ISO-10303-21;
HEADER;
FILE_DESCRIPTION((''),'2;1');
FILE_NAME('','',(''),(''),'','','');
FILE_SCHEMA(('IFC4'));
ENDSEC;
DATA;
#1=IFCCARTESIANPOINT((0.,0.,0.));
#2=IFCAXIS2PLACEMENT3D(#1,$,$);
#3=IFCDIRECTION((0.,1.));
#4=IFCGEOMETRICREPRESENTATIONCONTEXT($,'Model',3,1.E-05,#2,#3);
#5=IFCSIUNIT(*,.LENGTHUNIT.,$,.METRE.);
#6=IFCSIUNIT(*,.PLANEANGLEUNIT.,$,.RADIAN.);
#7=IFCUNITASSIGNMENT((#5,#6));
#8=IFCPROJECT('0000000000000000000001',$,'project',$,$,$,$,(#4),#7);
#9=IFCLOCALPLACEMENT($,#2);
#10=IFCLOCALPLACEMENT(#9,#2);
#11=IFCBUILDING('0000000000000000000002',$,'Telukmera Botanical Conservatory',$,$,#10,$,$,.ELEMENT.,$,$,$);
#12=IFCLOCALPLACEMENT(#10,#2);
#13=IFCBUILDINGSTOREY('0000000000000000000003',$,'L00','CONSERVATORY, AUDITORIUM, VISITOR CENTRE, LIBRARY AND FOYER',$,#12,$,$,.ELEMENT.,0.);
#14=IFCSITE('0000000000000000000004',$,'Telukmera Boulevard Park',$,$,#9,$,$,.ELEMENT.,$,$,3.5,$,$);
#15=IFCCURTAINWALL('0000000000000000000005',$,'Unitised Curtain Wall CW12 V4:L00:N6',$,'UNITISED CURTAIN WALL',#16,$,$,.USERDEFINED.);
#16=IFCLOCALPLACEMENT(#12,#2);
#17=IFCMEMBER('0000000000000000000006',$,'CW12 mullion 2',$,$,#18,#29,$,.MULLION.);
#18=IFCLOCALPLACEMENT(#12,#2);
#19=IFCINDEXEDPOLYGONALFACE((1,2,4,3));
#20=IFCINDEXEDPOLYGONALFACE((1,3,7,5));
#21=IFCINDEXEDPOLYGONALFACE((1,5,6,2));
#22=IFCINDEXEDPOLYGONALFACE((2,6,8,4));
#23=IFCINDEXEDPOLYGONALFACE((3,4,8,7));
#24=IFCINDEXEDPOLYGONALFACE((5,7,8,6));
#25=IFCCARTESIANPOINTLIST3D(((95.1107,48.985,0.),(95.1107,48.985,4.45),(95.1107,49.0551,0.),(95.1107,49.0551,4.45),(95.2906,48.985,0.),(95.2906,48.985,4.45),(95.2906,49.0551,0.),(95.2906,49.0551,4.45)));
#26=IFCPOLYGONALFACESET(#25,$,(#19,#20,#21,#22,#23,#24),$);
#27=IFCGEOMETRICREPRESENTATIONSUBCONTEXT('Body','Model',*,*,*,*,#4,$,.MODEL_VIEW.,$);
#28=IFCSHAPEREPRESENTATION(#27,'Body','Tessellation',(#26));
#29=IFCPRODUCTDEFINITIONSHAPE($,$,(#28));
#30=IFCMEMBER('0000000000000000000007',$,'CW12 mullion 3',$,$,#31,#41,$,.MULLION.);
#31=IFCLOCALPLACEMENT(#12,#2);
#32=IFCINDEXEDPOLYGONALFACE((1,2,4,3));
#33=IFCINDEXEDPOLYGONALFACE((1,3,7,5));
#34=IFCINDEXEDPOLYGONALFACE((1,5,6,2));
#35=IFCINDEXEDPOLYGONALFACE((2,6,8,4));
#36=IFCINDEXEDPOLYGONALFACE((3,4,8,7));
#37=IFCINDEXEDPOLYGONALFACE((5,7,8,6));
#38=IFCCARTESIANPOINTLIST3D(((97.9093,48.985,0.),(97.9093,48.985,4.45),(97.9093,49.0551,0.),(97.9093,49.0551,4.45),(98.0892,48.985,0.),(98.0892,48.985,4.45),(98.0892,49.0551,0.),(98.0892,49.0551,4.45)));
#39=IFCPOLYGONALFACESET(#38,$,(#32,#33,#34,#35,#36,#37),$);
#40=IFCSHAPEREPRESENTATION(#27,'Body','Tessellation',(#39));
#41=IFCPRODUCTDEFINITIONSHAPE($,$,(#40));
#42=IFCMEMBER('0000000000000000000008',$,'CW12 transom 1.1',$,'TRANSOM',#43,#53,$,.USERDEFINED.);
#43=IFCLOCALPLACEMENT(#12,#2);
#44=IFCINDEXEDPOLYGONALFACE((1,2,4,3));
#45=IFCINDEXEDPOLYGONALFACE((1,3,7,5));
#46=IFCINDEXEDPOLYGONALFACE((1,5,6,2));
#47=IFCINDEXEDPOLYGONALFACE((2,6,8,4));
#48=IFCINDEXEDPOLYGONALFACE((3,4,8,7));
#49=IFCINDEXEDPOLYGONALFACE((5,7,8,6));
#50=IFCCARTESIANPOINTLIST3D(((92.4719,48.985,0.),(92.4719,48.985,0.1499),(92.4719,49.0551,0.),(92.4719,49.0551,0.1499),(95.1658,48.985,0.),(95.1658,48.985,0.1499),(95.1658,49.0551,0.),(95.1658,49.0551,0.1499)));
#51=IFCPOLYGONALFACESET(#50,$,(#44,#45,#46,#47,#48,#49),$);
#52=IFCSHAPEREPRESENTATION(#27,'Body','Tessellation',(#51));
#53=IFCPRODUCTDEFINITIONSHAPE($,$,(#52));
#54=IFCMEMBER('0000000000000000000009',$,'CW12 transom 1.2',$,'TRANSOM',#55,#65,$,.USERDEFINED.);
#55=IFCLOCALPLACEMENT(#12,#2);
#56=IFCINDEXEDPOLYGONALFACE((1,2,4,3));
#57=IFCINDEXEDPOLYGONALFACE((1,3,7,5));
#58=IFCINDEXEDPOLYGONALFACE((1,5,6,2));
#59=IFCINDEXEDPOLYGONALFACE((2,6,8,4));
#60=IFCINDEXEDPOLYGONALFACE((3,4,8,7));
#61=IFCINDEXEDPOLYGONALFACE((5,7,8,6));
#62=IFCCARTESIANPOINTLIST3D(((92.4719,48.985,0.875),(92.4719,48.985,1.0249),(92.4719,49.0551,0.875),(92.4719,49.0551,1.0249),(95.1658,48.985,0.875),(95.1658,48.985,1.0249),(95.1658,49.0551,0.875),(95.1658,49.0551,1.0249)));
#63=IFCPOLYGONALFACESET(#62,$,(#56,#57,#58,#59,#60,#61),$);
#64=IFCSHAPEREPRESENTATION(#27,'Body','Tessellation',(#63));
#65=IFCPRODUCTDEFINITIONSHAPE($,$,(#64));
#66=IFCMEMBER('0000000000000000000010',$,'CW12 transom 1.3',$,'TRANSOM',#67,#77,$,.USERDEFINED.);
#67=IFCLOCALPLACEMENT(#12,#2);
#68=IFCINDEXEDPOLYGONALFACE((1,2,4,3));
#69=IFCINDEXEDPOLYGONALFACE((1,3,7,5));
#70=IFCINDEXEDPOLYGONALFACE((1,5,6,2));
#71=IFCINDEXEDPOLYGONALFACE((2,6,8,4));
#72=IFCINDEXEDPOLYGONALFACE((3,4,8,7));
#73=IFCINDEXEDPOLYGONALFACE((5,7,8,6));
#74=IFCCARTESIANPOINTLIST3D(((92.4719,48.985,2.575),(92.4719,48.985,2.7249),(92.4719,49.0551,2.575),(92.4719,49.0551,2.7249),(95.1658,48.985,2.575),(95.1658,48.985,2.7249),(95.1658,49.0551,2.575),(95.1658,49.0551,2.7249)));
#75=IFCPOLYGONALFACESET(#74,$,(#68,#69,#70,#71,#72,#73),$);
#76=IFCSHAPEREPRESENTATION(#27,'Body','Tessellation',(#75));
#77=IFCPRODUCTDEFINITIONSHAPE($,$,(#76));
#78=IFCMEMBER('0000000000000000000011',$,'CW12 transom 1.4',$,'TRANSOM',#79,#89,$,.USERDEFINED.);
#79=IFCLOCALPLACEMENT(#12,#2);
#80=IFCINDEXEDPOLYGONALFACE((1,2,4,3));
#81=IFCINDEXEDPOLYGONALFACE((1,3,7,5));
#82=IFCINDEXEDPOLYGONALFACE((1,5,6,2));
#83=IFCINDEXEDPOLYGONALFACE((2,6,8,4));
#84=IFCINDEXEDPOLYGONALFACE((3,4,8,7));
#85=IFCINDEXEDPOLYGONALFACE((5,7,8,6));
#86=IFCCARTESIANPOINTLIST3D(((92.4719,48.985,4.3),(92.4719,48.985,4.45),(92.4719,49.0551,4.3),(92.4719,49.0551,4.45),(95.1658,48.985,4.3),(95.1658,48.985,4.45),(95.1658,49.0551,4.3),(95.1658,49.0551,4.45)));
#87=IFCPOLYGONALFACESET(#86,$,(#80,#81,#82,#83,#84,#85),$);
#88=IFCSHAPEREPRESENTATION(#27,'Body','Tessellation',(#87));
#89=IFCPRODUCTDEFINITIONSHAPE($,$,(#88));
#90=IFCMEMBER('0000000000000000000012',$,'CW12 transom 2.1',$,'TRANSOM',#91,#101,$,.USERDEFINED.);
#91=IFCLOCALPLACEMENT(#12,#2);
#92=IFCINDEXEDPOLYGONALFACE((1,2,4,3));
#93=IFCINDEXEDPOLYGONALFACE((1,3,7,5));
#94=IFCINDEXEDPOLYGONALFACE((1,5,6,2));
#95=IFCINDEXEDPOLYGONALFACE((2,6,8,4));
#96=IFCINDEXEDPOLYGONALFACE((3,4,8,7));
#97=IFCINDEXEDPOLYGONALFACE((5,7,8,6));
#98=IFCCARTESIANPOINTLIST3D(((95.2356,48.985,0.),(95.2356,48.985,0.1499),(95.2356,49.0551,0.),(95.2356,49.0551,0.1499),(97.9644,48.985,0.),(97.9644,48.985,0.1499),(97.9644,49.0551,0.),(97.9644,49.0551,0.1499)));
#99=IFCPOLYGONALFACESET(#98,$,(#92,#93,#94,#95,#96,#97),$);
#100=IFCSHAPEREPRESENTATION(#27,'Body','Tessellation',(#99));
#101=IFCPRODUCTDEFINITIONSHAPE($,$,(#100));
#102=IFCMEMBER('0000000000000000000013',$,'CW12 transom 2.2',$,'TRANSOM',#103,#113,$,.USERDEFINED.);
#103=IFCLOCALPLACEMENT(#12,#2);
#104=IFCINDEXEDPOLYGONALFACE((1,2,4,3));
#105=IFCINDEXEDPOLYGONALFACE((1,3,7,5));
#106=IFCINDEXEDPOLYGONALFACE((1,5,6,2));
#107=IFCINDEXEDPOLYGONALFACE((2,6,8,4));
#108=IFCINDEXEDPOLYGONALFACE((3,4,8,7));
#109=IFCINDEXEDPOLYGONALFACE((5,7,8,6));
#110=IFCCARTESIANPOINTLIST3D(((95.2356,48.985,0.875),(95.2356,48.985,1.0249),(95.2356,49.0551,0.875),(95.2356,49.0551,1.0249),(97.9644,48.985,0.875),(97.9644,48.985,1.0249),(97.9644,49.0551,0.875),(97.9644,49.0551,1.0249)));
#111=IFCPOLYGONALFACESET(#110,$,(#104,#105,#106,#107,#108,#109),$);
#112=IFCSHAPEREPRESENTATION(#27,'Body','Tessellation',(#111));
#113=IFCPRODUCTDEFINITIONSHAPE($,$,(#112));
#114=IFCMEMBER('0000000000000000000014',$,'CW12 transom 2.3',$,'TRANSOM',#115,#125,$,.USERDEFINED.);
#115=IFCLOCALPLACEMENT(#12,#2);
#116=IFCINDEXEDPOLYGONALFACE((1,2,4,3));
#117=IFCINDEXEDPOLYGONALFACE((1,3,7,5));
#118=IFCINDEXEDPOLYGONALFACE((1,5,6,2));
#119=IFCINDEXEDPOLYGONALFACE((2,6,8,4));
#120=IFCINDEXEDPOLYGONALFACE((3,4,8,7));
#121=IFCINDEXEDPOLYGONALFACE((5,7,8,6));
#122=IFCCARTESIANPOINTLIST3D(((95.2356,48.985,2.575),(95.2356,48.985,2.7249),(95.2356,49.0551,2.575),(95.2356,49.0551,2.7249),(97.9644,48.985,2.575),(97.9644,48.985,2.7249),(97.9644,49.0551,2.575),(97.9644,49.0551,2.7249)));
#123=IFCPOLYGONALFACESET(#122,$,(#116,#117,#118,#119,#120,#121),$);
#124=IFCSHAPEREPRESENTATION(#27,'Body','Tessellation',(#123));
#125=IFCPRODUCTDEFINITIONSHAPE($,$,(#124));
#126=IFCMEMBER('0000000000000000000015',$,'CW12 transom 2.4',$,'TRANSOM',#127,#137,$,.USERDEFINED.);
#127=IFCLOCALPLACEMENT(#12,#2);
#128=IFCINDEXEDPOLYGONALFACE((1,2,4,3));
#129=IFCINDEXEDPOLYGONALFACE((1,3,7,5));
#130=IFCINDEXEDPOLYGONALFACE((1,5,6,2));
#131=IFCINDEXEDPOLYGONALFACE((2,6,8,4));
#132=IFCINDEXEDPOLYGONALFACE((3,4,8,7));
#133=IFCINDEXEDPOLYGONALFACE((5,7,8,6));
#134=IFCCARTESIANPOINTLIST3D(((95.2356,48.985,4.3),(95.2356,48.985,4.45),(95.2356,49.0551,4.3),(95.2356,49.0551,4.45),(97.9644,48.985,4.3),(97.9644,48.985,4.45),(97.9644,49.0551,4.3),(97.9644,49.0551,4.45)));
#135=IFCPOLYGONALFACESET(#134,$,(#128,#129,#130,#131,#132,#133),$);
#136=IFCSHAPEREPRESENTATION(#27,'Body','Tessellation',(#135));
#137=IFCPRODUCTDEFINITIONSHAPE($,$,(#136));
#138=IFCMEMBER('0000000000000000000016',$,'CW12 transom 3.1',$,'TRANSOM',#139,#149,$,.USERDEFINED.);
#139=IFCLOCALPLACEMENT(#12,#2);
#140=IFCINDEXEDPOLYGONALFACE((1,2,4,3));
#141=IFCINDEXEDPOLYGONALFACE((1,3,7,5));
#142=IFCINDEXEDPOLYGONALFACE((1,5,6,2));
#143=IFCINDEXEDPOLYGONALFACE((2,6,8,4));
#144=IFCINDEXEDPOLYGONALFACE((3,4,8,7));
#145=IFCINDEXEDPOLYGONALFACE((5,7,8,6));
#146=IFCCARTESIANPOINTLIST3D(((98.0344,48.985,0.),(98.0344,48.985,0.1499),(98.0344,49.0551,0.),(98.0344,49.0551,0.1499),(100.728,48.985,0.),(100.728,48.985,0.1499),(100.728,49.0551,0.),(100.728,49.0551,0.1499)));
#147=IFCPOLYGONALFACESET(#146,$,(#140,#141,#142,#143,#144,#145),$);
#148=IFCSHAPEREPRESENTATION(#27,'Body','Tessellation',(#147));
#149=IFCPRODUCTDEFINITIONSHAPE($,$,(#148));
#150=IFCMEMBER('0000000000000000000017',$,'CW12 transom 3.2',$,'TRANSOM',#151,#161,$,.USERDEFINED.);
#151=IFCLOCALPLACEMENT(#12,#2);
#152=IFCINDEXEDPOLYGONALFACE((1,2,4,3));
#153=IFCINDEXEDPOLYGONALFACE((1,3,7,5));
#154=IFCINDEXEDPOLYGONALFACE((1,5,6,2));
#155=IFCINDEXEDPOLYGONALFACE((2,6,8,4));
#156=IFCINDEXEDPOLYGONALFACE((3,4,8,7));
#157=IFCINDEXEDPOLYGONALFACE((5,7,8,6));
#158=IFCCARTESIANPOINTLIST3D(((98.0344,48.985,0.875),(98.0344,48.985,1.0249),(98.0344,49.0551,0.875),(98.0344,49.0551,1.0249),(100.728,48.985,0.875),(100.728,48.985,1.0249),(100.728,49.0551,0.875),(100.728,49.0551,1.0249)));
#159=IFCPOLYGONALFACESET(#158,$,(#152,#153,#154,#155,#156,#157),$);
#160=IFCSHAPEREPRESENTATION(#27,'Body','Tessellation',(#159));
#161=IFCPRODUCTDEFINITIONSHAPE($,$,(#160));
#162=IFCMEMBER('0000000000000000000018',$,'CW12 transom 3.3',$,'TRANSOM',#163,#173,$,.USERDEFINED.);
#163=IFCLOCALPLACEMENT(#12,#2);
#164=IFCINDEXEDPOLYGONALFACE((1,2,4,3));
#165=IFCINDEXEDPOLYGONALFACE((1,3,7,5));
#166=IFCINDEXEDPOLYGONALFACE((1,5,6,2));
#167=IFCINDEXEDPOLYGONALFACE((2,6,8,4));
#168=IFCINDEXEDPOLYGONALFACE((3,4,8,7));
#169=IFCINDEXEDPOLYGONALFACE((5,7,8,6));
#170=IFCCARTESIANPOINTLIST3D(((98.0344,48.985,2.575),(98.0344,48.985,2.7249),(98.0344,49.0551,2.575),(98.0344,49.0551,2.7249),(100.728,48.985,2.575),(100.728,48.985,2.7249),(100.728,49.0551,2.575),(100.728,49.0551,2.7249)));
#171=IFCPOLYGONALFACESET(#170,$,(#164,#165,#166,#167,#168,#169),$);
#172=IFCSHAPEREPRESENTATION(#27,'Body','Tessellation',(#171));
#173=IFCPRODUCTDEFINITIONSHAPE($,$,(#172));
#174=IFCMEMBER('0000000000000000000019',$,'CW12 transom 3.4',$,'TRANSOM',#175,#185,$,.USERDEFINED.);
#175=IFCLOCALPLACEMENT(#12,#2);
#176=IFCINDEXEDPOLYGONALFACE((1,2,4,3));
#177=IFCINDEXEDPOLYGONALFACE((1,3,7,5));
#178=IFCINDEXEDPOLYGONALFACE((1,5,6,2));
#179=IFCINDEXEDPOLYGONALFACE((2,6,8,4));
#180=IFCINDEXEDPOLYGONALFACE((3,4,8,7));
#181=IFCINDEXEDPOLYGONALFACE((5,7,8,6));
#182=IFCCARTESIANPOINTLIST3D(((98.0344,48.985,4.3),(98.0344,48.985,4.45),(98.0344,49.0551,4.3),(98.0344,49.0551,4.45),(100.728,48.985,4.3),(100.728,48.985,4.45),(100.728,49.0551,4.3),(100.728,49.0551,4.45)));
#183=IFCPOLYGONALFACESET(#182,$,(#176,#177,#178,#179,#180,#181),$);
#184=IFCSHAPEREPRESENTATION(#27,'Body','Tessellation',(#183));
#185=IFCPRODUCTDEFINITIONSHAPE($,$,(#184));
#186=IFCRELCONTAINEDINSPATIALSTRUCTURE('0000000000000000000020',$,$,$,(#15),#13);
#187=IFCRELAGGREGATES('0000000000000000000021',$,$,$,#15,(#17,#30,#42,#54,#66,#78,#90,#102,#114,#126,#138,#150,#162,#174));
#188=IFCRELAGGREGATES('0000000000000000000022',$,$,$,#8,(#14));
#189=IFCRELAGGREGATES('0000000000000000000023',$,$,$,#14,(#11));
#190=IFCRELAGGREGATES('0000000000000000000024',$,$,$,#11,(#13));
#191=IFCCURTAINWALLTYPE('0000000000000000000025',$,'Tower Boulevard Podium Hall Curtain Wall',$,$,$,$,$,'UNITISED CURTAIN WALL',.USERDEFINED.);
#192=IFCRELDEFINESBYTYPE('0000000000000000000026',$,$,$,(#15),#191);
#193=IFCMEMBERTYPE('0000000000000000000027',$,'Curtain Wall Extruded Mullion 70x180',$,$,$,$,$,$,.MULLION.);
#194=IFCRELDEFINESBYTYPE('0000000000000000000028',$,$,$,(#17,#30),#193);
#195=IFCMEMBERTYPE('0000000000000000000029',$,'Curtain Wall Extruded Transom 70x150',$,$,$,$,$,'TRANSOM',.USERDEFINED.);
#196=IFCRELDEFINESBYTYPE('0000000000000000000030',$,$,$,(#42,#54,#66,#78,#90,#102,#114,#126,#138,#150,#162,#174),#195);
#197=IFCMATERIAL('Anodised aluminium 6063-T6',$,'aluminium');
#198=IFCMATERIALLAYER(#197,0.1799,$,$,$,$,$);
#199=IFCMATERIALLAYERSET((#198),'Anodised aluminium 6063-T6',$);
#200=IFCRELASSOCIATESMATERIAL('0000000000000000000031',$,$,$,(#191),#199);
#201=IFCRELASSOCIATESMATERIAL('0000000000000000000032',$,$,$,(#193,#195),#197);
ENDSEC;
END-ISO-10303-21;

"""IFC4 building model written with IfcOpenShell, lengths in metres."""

from ifc_helpers import new_model, si_unit, direction, frame, origin, origin_2d, place, context, subcontext, project, spatial, rectangle, extrude, material, layer, layer_set, material_profile, profile_set, type_object, element, aggregate, save


model = new_model("IFC4")

# Units and contexts
model_context = context("Model", 3, precision=1e-05, world=origin(), true_north=direction((0.0, 1.0)))
body_context = subcontext(model_context, "Body", "Model", "MODEL_VIEW")
ifc_project = project(units=[si_unit("LENGTHUNIT", "METRE"), si_unit("PLANEANGLEUNIT", "RADIAN")], contexts=[model_context])

# Site, building, storey
site_placement = place(None, origin())
site = spatial("IfcSite", under=ifc_project, at=site_placement, Name="Telukmera Boulevard Park", CompositionType="ELEMENT", RefElevation=3.5)
building_placement = place(site_placement, origin())
building = spatial("IfcBuilding", under=site, at=building_placement, Name="Telukmera Botanical Conservatory", CompositionType="ELEMENT")
storey_placement = place(building_placement, origin())
storey = spatial("IfcBuildingStorey", under=building, at=storey_placement, Name="L00", Description="CONSERVATORY, AUDITORIUM, VISITOR CENTRE, LIBRARY AND FOYER", CompositionType="ELEMENT", Elevation=0.0)

# Curtain wall, members
ifc_material_1 = material(Name="Anodised aluminium 6063-T6", Category="aluminium")
ifc_layer_1 = layer(ifc_material_1, 0.1799)
ifc_layer_set_1 = layer_set([ifc_layer_1], Name="Anodised aluminium 6063-T6")
curtain_wall_type = type_object("IfcCurtainWallType", Name="Tower Boulevard Podium Hall Curtain Wall", ElementType="UNITISED CURTAIN WALL", PredefinedType="USERDEFINED", material=ifc_layer_set_1)
curtain_wall_placement = place(storey_placement, origin())
curtain_wall = element("IfcCurtainWall", 1, at=curtain_wall_placement, inside=storey, type_object=curtain_wall_type, Name="Unitised Curtain Wall CW12 V4:L00:N6", ObjectType="UNITISED CURTAIN WALL", PredefinedType="USERDEFINED")
ifc_material_profile_1 = material_profile(ifc_material_1, rectangle(XDim=0.0701, YDim=0.1799, at=origin_2d()), Name="ALU MULL 70x180")
ifc_profile_set_1 = profile_set([ifc_material_profile_1], Name="Anodised aluminium 6063-T6")
member_type_1 = type_object("IfcMemberType", Name="Curtain Wall Extruded Mullion 70x180", PredefinedType="MULLION", material=ifc_profile_set_1)
member_1_placement = place(storey_placement, frame((95.2007, 49.02, 0.0), z_axis=(0.0, 0.0, 1.0), x_axis=(0.0, 1.0, 0.0)))
member_1 = element("IfcMember", 2, at=member_1_placement, type_object=member_type_1, Name="CW12 mullion 2", PredefinedType="MULLION", context=body_context, shape_type="SweptSolid", body=[
    extrude(rectangle(XDim=0.0701, YDim=0.1799, at=origin_2d()), origin(), (0.0, 0.0, 1.0), 4.45),
])
member_2_placement = place(storey_placement, frame((97.9993, 49.02, 0.0), z_axis=(0.0, 0.0, 1.0), x_axis=(0.0, 1.0, 0.0)))
member_2 = element("IfcMember", 3, at=member_2_placement, type_object=member_type_1, Name="CW12 mullion 3", PredefinedType="MULLION", context=body_context, shape_type="SweptSolid", body=[
    extrude(rectangle(XDim=0.0701, YDim=0.1799, at=origin_2d()), origin(), (0.0, 0.0, 1.0), 4.45),
])
ifc_material_profile_2 = material_profile(ifc_material_1, rectangle(XDim=0.0701, YDim=0.1499, at=origin_2d()), Name="ALU TRAN 70x150")
ifc_profile_set_2 = profile_set([ifc_material_profile_2], Name="Anodised aluminium 6063-T6")
member_type_2 = type_object("IfcMemberType", Name="Curtain Wall Extruded Transom 70x150", ElementType="TRANSOM", PredefinedType="USERDEFINED", material=ifc_profile_set_2)
member_3_placement = place(storey_placement, frame((92.4719, 49.02, 0.075), z_axis=(1.0, 0.0, 0.0), x_axis=(0.0, 1.0, 0.0)))
member_3 = element("IfcMember", 4, at=member_3_placement, type_object=member_type_2, Name="CW12 transom 1.1", ObjectType="TRANSOM", PredefinedType="USERDEFINED", context=body_context, shape_type="SweptSolid", body=[
    extrude(rectangle(XDim=0.0701, YDim=0.1499, at=origin_2d()), origin(), (0.0, 0.0, 1.0), 2.6938),
])
member_4_placement = place(storey_placement, frame((92.4719, 49.02, 0.95), z_axis=(1.0, 0.0, 0.0), x_axis=(0.0, 1.0, 0.0)))
member_4 = element("IfcMember", 5, at=member_4_placement, type_object=member_type_2, Name="CW12 transom 1.2", ObjectType="TRANSOM", PredefinedType="USERDEFINED", context=body_context, shape_type="SweptSolid", body=[
    extrude(rectangle(XDim=0.0701, YDim=0.1499, at=origin_2d()), origin(), (0.0, 0.0, 1.0), 2.6938),
])
member_5_placement = place(storey_placement, frame((92.4719, 49.02, 2.6499), z_axis=(1.0, 0.0, 0.0), x_axis=(0.0, 1.0, 0.0)))
member_5 = element("IfcMember", 6, at=member_5_placement, type_object=member_type_2, Name="CW12 transom 1.3", ObjectType="TRANSOM", PredefinedType="USERDEFINED", context=body_context, shape_type="SweptSolid", body=[
    extrude(rectangle(XDim=0.0701, YDim=0.1499, at=origin_2d()), origin(), (0.0, 0.0, 1.0), 2.6938),
])
member_6_placement = place(storey_placement, frame((92.4719, 49.02, 4.375), z_axis=(1.0, 0.0, 0.0), x_axis=(0.0, 1.0, 0.0)))
member_6 = element("IfcMember", 7, at=member_6_placement, type_object=member_type_2, Name="CW12 transom 1.4", ObjectType="TRANSOM", PredefinedType="USERDEFINED", context=body_context, shape_type="SweptSolid", body=[
    extrude(rectangle(XDim=0.0701, YDim=0.1499, at=origin_2d()), origin(), (0.0, 0.0, 1.0), 2.6938),
])
member_7_placement = place(storey_placement, frame((95.2356, 49.02, 0.075), z_axis=(1.0, 0.0, 0.0), x_axis=(0.0, 1.0, 0.0)))
member_7 = element("IfcMember", 8, at=member_7_placement, type_object=member_type_2, Name="CW12 transom 2.1", ObjectType="TRANSOM", PredefinedType="USERDEFINED", context=body_context, shape_type="SweptSolid", body=[
    extrude(rectangle(XDim=0.0701, YDim=0.1499, at=origin_2d()), origin(), (0.0, 0.0, 1.0), 2.7288),
])
member_8_placement = place(storey_placement, frame((95.2356, 49.02, 0.95), z_axis=(1.0, 0.0, 0.0), x_axis=(0.0, 1.0, 0.0)))
member_8 = element("IfcMember", 9, at=member_8_placement, type_object=member_type_2, Name="CW12 transom 2.2", ObjectType="TRANSOM", PredefinedType="USERDEFINED", context=body_context, shape_type="SweptSolid", body=[
    extrude(rectangle(XDim=0.0701, YDim=0.1499, at=origin_2d()), origin(), (0.0, 0.0, 1.0), 2.7288),
])
member_9_placement = place(storey_placement, frame((95.2356, 49.02, 2.6499), z_axis=(1.0, 0.0, 0.0), x_axis=(0.0, 1.0, 0.0)))
member_9 = element("IfcMember", 10, at=member_9_placement, type_object=member_type_2, Name="CW12 transom 2.3", ObjectType="TRANSOM", PredefinedType="USERDEFINED", context=body_context, shape_type="SweptSolid", body=[
    extrude(rectangle(XDim=0.0701, YDim=0.1499, at=origin_2d()), origin(), (0.0, 0.0, 1.0), 2.7288),
])
member_10_placement = place(storey_placement, frame((95.2356, 49.02, 4.375), z_axis=(1.0, 0.0, 0.0), x_axis=(0.0, 1.0, 0.0)))
member_10 = element("IfcMember", 11, at=member_10_placement, type_object=member_type_2, Name="CW12 transom 2.4", ObjectType="TRANSOM", PredefinedType="USERDEFINED", context=body_context, shape_type="SweptSolid", body=[
    extrude(rectangle(XDim=0.0701, YDim=0.1499, at=origin_2d()), origin(), (0.0, 0.0, 1.0), 2.7288),
])
member_11_placement = place(storey_placement, frame((98.0344, 49.02, 0.075), z_axis=(1.0, 0.0, 0.0), x_axis=(0.0, 1.0, 0.0)))
member_11 = element("IfcMember", 12, at=member_11_placement, type_object=member_type_2, Name="CW12 transom 3.1", ObjectType="TRANSOM", PredefinedType="USERDEFINED", context=body_context, shape_type="SweptSolid", body=[
    extrude(rectangle(XDim=0.0701, YDim=0.1499, at=origin_2d()), origin(), (0.0, 0.0, 1.0), 2.6936),
])
member_12_placement = place(storey_placement, frame((98.0344, 49.02, 0.95), z_axis=(1.0, 0.0, 0.0), x_axis=(0.0, 1.0, 0.0)))
member_12 = element("IfcMember", 13, at=member_12_placement, type_object=member_type_2, Name="CW12 transom 3.2", ObjectType="TRANSOM", PredefinedType="USERDEFINED", context=body_context, shape_type="SweptSolid", body=[
    extrude(rectangle(XDim=0.0701, YDim=0.1499, at=origin_2d()), origin(), (0.0, 0.0, 1.0), 2.6936),
])
member_13_placement = place(storey_placement, frame((98.0344, 49.02, 2.6499), z_axis=(1.0, 0.0, 0.0), x_axis=(0.0, 1.0, 0.0)))
member_13 = element("IfcMember", 14, at=member_13_placement, type_object=member_type_2, Name="CW12 transom 3.3", ObjectType="TRANSOM", PredefinedType="USERDEFINED", context=body_context, shape_type="SweptSolid", body=[
    extrude(rectangle(XDim=0.0701, YDim=0.1499, at=origin_2d()), origin(), (0.0, 0.0, 1.0), 2.6936),
])
member_14_placement = place(storey_placement, frame((98.0344, 49.02, 4.375), z_axis=(1.0, 0.0, 0.0), x_axis=(0.0, 1.0, 0.0)))
member_14 = element("IfcMember", 15, at=member_14_placement, type_object=member_type_2, Name="CW12 transom 3.4", ObjectType="TRANSOM", PredefinedType="USERDEFINED", context=body_context, shape_type="SweptSolid", body=[
    extrude(rectangle(XDim=0.0701, YDim=0.1499, at=origin_2d()), origin(), (0.0, 0.0, 1.0), 2.6936),
])
aggregate(curtain_wall, [member_1, member_2, member_3, member_4, member_5, member_6, member_7, member_8, member_9, member_10, member_11, member_12, member_13, member_14])

save(model, "model.ifc")
